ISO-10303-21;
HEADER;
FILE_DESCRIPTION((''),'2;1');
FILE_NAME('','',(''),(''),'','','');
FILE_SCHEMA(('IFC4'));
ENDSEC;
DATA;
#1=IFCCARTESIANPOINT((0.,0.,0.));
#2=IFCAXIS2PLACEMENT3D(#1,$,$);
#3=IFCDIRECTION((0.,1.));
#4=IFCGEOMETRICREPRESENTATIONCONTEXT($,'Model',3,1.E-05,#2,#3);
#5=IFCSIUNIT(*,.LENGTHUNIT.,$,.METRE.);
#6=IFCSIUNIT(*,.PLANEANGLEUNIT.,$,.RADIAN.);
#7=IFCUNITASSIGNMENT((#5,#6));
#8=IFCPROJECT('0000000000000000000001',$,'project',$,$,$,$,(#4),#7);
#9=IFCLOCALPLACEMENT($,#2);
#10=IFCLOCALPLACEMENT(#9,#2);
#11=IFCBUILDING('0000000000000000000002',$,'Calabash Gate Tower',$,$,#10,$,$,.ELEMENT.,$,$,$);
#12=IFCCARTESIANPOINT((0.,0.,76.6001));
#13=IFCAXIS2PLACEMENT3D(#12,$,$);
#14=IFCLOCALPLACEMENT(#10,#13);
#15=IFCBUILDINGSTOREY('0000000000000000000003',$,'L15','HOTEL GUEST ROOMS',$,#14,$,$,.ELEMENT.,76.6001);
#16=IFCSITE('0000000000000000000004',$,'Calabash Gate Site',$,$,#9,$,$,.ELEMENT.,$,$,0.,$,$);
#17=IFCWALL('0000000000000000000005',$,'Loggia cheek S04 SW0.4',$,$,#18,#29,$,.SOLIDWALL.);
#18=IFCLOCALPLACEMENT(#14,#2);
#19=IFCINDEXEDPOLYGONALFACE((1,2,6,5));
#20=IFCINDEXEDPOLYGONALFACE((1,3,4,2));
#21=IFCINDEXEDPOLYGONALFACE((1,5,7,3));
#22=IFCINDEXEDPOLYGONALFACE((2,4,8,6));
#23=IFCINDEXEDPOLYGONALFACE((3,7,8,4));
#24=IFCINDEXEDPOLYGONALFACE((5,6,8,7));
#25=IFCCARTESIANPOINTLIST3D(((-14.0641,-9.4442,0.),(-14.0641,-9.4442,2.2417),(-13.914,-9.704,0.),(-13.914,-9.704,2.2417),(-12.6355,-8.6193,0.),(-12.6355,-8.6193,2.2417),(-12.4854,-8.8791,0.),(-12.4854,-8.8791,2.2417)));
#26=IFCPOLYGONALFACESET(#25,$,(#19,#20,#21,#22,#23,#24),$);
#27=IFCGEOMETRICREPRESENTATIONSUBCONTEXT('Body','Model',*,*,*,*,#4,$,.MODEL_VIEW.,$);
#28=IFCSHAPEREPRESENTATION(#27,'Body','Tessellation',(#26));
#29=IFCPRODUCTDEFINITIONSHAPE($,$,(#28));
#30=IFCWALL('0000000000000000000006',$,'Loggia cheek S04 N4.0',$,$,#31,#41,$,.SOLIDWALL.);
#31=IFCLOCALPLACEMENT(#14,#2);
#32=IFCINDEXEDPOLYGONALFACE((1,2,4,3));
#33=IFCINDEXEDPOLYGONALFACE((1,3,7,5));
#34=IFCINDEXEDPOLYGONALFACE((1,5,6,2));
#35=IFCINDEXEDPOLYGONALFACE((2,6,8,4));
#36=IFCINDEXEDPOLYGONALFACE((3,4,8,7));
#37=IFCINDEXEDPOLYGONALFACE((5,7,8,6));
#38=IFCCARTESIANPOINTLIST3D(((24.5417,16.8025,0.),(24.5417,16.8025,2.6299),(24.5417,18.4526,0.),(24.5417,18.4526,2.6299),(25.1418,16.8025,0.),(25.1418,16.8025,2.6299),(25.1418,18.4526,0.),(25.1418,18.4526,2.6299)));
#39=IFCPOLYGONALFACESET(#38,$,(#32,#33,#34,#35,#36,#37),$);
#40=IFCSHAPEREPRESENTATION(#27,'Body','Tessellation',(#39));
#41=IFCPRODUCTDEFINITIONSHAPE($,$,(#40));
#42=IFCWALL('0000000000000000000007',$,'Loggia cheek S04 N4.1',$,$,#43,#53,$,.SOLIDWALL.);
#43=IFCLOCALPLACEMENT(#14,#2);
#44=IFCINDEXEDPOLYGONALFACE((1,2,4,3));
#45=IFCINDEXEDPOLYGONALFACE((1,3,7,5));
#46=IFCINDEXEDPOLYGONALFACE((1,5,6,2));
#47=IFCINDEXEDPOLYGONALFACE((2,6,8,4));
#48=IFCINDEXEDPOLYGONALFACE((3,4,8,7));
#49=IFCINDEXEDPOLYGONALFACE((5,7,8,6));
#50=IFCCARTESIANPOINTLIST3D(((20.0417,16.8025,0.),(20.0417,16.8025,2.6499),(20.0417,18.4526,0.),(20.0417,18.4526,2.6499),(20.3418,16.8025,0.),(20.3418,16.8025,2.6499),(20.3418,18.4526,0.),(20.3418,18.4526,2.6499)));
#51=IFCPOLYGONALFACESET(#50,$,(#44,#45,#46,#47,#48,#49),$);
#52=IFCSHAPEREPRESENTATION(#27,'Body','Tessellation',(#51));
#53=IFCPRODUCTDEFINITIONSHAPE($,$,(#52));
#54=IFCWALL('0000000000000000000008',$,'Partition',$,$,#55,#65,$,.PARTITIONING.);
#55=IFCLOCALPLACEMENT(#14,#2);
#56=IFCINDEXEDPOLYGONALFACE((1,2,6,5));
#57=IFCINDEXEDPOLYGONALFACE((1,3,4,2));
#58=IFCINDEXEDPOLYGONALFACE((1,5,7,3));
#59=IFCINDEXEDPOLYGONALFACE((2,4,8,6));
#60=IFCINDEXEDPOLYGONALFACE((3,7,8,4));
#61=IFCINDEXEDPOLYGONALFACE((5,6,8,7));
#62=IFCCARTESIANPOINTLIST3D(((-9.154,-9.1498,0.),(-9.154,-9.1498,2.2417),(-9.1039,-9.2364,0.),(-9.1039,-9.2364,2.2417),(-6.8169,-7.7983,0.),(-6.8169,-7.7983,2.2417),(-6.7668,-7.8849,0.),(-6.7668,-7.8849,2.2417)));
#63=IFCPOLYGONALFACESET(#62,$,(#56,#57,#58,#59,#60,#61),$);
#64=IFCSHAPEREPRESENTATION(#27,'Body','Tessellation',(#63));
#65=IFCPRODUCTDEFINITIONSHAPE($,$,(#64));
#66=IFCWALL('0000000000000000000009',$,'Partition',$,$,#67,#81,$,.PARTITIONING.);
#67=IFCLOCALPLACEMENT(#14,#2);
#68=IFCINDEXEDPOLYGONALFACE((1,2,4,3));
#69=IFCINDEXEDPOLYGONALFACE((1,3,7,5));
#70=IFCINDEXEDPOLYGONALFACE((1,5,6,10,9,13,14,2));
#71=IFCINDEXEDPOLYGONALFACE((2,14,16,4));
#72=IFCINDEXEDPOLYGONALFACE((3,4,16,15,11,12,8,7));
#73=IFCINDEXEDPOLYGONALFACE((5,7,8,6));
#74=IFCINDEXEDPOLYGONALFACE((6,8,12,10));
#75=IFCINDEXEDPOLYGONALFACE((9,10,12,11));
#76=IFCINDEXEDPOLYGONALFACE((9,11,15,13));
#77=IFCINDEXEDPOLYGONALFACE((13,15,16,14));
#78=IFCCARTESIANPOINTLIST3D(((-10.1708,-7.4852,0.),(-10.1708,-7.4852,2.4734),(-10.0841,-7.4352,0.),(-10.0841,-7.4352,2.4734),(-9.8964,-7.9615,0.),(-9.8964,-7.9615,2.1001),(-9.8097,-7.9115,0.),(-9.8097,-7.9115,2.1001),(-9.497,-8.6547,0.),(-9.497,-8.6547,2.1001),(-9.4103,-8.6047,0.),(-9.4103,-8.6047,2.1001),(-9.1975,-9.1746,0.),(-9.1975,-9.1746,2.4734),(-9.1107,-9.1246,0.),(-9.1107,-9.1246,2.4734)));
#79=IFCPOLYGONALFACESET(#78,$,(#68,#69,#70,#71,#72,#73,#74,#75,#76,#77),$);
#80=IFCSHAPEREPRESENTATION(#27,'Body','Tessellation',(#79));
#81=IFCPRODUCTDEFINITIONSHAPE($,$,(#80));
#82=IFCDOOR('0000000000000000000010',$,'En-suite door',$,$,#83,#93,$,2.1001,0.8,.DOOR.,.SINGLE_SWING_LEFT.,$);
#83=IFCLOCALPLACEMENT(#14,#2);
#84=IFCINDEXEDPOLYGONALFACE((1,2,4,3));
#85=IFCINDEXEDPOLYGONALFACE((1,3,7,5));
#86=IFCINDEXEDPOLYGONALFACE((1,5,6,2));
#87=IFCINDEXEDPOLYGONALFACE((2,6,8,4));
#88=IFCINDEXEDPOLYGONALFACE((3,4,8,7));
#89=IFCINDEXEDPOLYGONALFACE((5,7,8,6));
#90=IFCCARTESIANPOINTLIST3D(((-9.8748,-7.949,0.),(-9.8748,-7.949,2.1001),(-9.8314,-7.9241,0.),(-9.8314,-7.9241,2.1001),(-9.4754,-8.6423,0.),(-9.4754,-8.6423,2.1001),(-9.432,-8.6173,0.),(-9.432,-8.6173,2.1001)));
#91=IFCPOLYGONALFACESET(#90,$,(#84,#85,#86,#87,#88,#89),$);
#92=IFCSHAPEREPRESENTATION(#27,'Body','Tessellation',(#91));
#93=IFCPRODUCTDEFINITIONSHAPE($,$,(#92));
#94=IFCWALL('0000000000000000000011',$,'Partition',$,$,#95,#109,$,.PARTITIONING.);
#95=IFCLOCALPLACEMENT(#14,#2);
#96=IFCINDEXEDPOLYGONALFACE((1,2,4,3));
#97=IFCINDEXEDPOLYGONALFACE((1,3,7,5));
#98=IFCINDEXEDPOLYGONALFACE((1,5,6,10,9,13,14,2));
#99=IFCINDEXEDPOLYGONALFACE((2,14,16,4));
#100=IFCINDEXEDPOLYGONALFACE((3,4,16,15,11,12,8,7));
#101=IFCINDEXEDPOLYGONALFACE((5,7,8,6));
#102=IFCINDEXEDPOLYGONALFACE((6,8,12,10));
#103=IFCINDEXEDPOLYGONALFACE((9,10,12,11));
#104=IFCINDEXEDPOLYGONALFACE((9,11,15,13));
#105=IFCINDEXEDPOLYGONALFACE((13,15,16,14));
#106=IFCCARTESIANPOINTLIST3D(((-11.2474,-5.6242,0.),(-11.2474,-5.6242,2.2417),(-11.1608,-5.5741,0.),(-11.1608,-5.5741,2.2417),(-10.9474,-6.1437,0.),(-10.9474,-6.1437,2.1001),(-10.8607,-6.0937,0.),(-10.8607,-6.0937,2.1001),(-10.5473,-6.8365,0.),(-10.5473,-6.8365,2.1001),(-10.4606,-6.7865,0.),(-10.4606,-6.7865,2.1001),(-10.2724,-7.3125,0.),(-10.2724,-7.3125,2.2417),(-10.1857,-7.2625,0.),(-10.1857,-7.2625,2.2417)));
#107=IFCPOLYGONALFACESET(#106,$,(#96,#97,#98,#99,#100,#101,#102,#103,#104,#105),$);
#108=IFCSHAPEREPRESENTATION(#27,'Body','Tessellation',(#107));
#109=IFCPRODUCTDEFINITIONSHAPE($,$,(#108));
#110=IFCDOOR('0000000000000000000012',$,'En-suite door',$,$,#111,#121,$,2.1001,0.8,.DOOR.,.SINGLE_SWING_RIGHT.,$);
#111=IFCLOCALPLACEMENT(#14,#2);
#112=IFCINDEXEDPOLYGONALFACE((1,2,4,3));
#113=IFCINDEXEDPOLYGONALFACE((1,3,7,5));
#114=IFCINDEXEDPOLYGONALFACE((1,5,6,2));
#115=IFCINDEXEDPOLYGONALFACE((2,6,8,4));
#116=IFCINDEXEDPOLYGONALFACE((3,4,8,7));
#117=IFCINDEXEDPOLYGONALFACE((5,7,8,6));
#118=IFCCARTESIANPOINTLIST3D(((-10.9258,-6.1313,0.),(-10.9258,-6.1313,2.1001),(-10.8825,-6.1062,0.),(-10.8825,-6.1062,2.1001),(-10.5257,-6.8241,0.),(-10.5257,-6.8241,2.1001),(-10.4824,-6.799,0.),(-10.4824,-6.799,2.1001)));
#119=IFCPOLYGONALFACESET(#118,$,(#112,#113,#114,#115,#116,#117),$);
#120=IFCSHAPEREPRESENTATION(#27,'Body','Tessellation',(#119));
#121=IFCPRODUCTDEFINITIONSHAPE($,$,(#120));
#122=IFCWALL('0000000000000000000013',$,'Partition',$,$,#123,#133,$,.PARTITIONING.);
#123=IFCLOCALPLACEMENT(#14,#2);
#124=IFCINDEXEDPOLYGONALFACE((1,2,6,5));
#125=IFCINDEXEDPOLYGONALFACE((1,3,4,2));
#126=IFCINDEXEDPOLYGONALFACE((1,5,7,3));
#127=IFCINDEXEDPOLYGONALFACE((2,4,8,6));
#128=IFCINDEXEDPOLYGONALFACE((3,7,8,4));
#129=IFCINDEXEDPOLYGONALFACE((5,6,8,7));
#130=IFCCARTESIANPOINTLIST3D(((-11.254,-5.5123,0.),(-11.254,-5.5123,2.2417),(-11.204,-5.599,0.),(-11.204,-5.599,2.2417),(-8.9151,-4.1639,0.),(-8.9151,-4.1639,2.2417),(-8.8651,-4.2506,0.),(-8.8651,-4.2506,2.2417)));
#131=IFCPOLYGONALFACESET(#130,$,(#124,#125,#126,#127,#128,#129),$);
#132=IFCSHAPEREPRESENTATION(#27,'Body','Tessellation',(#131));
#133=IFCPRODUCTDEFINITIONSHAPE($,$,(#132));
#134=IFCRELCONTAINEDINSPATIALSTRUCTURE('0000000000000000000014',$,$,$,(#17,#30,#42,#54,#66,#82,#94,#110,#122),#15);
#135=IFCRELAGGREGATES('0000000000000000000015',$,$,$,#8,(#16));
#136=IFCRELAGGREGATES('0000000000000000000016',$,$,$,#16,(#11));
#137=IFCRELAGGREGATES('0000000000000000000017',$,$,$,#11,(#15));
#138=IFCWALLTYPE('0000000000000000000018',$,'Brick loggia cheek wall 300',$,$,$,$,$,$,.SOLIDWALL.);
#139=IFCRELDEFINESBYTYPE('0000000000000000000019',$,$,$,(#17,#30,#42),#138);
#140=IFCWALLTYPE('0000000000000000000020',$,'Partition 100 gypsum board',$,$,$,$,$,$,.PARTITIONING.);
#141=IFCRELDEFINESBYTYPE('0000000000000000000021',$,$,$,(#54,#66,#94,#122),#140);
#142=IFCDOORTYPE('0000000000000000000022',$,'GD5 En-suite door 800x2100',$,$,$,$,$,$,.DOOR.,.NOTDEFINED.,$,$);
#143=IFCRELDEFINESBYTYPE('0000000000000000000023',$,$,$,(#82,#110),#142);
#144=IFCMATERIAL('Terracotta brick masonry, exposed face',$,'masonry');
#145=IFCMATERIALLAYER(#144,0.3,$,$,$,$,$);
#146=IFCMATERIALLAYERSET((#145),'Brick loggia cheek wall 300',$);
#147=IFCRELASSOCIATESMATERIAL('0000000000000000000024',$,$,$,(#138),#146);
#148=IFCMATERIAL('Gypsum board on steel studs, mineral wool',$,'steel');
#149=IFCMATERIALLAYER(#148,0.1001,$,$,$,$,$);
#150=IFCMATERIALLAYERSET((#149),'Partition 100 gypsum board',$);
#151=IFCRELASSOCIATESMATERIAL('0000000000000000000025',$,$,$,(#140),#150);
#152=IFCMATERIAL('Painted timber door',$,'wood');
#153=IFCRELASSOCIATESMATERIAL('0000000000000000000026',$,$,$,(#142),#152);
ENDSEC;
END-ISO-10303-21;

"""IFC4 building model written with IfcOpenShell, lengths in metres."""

from ifc_helpers import new_model, si_unit, direction, frame, frame_2d, origin, place, context, subcontext, project, spatial, polyline, rectangle, outline, extrude, material, layer, layer_set, type_object, element, fill, save


model = new_model("IFC4")

# Units and contexts
model_context = context("Model", 3, precision=1e-05, world=origin(), true_north=direction((0.0, 1.0)))
body_context = subcontext(model_context, "Body", "Model", "MODEL_VIEW")
ifc_project = project(units=[si_unit("LENGTHUNIT", "METRE"), si_unit("PLANEANGLEUNIT", "RADIAN")], contexts=[model_context])

# Site, building, storey
site_placement = place(None, origin())
site = spatial("IfcSite", under=ifc_project, at=site_placement, Name="Calabash Gate Site", CompositionType="ELEMENT", RefElevation=0.0)
building_placement = place(site_placement, origin())
building = spatial("IfcBuilding", under=site, at=building_placement, Name="Calabash Gate Tower", CompositionType="ELEMENT")
storey_placement = place(building_placement, frame((0.0, 0.0, 76.6001)))
storey = spatial("IfcBuildingStorey", under=building, at=storey_placement, Name="L15", Description="HOTEL GUEST ROOMS", CompositionType="ELEMENT", Elevation=76.6001)

# Walls
ifc_material_1 = material(Name="Terracotta brick masonry, exposed face", Category="masonry")
ifc_layer_1 = layer(ifc_material_1, 0.3)
ifc_layer_set_1 = layer_set([ifc_layer_1], Name="Brick loggia cheek wall 300")
wall_type_1 = type_object("IfcWallType", Name="Brick loggia cheek wall 300", PredefinedType="SOLIDWALL", material=ifc_layer_set_1)
wall_1_placement = place(storey_placement, frame((-12.5605, -8.7493, 0.0), z_axis=(0.0, 0.0, 1.0), x_axis=(-0.866003, -0.500038, 0.0)))
element("IfcWall", 1, at=wall_1_placement, inside=storey, type_object=wall_type_1, Name="Loggia cheek S04 SW0.4", PredefinedType="SOLIDWALL", context=body_context, shape_type="SweptSolid", body=[
    extrude(rectangle(XDim=1.6497, YDim=0.3, at=frame_2d((0.8247, 0.0))), origin(), (0.0, 0.0, 1.0), 2.2417),
])
wall_2_placement = place(storey_placement, origin())
element("IfcWall", 2, at=wall_2_placement, inside=storey, type_object=wall_type_1, Name="Loggia cheek S04 N4.0", PredefinedType="SOLIDWALL", context=body_context, shape_type="SweptSolid", body=[
    extrude(outline(polyline([(25.1418, 16.8025), (25.1418, 18.4526), (24.5417, 18.4526), (24.5417, 16.8025), (25.1418, 16.8025)])), origin(), (0.0, 0.0, 1.0), 2.6299),
])
wall_3_placement = place(storey_placement, origin())
element("IfcWall", 3, at=wall_3_placement, inside=storey, type_object=wall_type_1, Name="Loggia cheek S04 N4.1", PredefinedType="SOLIDWALL", context=body_context, shape_type="SweptSolid", body=[
    extrude(outline(polyline([(20.0417, 18.4526), (20.0417, 16.8025), (20.3418, 16.8025), (20.3418, 18.4526), (20.0417, 18.4526)])), origin(), (0.0, 0.0, 1.0), 2.6499),
])
ifc_material_2 = material(Name="Gypsum board on steel studs, mineral wool", Category="steel")
ifc_layer_2 = layer(ifc_material_2, 0.1001)
ifc_layer_set_2 = layer_set([ifc_layer_2], Name="Partition 100 gypsum board")
wall_type_2 = type_object("IfcWallType", Name="Partition 100 gypsum board", PredefinedType="PARTITIONING", material=ifc_layer_set_2)
wall_4_placement = place(storey_placement, frame((-9.1289, -9.1931, 0.0), z_axis=(0.0, 0.0, 1.0), x_axis=(0.865672, 0.500612, 0.0)))
element("IfcWall", 4, at=wall_4_placement, inside=storey, type_object=wall_type_2, Name="Partition", PredefinedType="PARTITIONING", context=body_context, shape_type="SweptSolid", body=[
    extrude(rectangle(XDim=2.6997, YDim=0.1001, at=frame_2d((1.3499, 0.0))), origin(), (0.0, 0.0, 1.0), 2.2417),
])

# Walls, openings, doors
wall_5_placement = place(storey_placement, frame((-10.1274, -7.4602, 0.0), z_axis=(0.0, 0.0, 1.0), x_axis=(0.499224, -0.866473, 0.0)))
wall_5 = element("IfcWall", 5, at=wall_5_placement, inside=storey, type_object=wall_type_2, Name="Partition", PredefinedType="PARTITIONING", context=body_context, shape_type="SweptSolid", body=[
    extrude(rectangle(XDim=1.9497, YDim=0.1001, at=frame_2d((0.9749, 0.0))), origin(), (0.0, 0.0, 1.0), 2.4734),
])
opening_1_placement = place(wall_5_placement, frame((0.5498, 0.0, 0.0)))
opening_1 = element("IfcOpeningElement", 6, at=opening_1_placement, cuts=wall_5, PredefinedType="OPENING", context=body_context, shape_type="SweptSolid", body=[
    extrude(rectangle(XDim=0.8, YDim=2.1001, at=frame_2d((0.3999, 1.05))), frame((0.0, 0.0601, 0.0), z_axis=(0.0, -1.0, 0.0), x_axis=(1.0, 0.0, 0.0)), (0.0, 0.0, 1.0), 0.1201),
])
ifc_material_3 = material(Name="Painted timber door", Category="wood")
door_type_1 = type_object("IfcDoorType", Name="GD5 En-suite door 800x2100", OperationType="NOTDEFINED", PredefinedType="DOOR", material=ifc_material_3)
door_1_placement = place(opening_1_placement, origin())
door_1 = element("IfcDoor", 7, at=door_1_placement, inside=storey, type_object=door_type_1, Name="En-suite door", OperationType="SINGLE_SWING_LEFT", OverallHeight=2.1001, OverallWidth=0.8, PredefinedType="DOOR", context=body_context, shape_type="SweptSolid", body=[
    extrude(rectangle(XDim=0.8, YDim=2.1001, at=frame_2d((0.3999, 1.05))), frame((0.0, 0.0249, 0.0), z_axis=(0.0, -1.0, 0.0), x_axis=(1.0, 0.0, 0.0)), (0.0, 0.0, 1.0), 0.05),
])
fill(opening_1, door_1)
wall_6_placement = place(storey_placement, frame((-11.2041, -5.5991, 0.0), z_axis=(0.0, 0.0, 1.0), x_axis=(0.500098, -0.865969, 0.0)))
wall_6 = element("IfcWall", 8, at=wall_6_placement, inside=storey, type_object=wall_type_2, Name="Partition", PredefinedType="PARTITIONING", context=body_context, shape_type="SweptSolid", body=[
    extrude(rectangle(XDim=1.9497, YDim=0.1001, at=frame_2d((0.9749, 0.0))), origin(), (0.0, 0.0, 1.0), 2.2417),
])
opening_2_placement = place(wall_6_placement, frame((0.6001, 0.0, 0.0)))
opening_2 = element("IfcOpeningElement", 9, at=opening_2_placement, cuts=wall_6, PredefinedType="OPENING", context=body_context, shape_type="SweptSolid", body=[
    extrude(rectangle(XDim=0.8, YDim=2.1001, at=frame_2d((0.3999, 1.05))), frame((0.0, 0.0601, 0.0), z_axis=(0.0, -1.0, 0.0), x_axis=(1.0, 0.0, 0.0)), (0.0, 0.0, 1.0), 0.1201),
])
door_2_placement = place(opening_2_placement, origin())
door_2 = element("IfcDoor", 10, at=door_2_placement, inside=storey, type_object=door_type_1, Name="En-suite door", OperationType="SINGLE_SWING_RIGHT", OverallHeight=2.1001, OverallWidth=0.8, PredefinedType="DOOR", context=body_context, shape_type="SweptSolid", body=[
    extrude(rectangle(XDim=0.8, YDim=2.1001, at=frame_2d((0.3999, 1.05))), frame((0.0, 0.0249, 0.0), z_axis=(0.0, -1.0, 0.0), x_axis=(1.0, 0.0, 0.0)), (0.0, 0.0, 1.0), 0.05),
])
fill(opening_2, door_2)

# Wall
wall_7_placement = place(storey_placement, frame((-11.229, -5.5557, 0.0), z_axis=(0.0, 0.0, 1.0), x_axis=(0.866339, 0.499456, 0.0)))
element("IfcWall", 11, at=wall_7_placement, inside=storey, type_object=wall_type_2, Name="Partition", PredefinedType="PARTITIONING", context=body_context, shape_type="SweptSolid", body=[
    extrude(rectangle(XDim=2.6997, YDim=0.1001, at=frame_2d((1.3499, 0.0))), origin(), (0.0, 0.0, 1.0), 2.2417),
])

save(model, "model.ifc")
